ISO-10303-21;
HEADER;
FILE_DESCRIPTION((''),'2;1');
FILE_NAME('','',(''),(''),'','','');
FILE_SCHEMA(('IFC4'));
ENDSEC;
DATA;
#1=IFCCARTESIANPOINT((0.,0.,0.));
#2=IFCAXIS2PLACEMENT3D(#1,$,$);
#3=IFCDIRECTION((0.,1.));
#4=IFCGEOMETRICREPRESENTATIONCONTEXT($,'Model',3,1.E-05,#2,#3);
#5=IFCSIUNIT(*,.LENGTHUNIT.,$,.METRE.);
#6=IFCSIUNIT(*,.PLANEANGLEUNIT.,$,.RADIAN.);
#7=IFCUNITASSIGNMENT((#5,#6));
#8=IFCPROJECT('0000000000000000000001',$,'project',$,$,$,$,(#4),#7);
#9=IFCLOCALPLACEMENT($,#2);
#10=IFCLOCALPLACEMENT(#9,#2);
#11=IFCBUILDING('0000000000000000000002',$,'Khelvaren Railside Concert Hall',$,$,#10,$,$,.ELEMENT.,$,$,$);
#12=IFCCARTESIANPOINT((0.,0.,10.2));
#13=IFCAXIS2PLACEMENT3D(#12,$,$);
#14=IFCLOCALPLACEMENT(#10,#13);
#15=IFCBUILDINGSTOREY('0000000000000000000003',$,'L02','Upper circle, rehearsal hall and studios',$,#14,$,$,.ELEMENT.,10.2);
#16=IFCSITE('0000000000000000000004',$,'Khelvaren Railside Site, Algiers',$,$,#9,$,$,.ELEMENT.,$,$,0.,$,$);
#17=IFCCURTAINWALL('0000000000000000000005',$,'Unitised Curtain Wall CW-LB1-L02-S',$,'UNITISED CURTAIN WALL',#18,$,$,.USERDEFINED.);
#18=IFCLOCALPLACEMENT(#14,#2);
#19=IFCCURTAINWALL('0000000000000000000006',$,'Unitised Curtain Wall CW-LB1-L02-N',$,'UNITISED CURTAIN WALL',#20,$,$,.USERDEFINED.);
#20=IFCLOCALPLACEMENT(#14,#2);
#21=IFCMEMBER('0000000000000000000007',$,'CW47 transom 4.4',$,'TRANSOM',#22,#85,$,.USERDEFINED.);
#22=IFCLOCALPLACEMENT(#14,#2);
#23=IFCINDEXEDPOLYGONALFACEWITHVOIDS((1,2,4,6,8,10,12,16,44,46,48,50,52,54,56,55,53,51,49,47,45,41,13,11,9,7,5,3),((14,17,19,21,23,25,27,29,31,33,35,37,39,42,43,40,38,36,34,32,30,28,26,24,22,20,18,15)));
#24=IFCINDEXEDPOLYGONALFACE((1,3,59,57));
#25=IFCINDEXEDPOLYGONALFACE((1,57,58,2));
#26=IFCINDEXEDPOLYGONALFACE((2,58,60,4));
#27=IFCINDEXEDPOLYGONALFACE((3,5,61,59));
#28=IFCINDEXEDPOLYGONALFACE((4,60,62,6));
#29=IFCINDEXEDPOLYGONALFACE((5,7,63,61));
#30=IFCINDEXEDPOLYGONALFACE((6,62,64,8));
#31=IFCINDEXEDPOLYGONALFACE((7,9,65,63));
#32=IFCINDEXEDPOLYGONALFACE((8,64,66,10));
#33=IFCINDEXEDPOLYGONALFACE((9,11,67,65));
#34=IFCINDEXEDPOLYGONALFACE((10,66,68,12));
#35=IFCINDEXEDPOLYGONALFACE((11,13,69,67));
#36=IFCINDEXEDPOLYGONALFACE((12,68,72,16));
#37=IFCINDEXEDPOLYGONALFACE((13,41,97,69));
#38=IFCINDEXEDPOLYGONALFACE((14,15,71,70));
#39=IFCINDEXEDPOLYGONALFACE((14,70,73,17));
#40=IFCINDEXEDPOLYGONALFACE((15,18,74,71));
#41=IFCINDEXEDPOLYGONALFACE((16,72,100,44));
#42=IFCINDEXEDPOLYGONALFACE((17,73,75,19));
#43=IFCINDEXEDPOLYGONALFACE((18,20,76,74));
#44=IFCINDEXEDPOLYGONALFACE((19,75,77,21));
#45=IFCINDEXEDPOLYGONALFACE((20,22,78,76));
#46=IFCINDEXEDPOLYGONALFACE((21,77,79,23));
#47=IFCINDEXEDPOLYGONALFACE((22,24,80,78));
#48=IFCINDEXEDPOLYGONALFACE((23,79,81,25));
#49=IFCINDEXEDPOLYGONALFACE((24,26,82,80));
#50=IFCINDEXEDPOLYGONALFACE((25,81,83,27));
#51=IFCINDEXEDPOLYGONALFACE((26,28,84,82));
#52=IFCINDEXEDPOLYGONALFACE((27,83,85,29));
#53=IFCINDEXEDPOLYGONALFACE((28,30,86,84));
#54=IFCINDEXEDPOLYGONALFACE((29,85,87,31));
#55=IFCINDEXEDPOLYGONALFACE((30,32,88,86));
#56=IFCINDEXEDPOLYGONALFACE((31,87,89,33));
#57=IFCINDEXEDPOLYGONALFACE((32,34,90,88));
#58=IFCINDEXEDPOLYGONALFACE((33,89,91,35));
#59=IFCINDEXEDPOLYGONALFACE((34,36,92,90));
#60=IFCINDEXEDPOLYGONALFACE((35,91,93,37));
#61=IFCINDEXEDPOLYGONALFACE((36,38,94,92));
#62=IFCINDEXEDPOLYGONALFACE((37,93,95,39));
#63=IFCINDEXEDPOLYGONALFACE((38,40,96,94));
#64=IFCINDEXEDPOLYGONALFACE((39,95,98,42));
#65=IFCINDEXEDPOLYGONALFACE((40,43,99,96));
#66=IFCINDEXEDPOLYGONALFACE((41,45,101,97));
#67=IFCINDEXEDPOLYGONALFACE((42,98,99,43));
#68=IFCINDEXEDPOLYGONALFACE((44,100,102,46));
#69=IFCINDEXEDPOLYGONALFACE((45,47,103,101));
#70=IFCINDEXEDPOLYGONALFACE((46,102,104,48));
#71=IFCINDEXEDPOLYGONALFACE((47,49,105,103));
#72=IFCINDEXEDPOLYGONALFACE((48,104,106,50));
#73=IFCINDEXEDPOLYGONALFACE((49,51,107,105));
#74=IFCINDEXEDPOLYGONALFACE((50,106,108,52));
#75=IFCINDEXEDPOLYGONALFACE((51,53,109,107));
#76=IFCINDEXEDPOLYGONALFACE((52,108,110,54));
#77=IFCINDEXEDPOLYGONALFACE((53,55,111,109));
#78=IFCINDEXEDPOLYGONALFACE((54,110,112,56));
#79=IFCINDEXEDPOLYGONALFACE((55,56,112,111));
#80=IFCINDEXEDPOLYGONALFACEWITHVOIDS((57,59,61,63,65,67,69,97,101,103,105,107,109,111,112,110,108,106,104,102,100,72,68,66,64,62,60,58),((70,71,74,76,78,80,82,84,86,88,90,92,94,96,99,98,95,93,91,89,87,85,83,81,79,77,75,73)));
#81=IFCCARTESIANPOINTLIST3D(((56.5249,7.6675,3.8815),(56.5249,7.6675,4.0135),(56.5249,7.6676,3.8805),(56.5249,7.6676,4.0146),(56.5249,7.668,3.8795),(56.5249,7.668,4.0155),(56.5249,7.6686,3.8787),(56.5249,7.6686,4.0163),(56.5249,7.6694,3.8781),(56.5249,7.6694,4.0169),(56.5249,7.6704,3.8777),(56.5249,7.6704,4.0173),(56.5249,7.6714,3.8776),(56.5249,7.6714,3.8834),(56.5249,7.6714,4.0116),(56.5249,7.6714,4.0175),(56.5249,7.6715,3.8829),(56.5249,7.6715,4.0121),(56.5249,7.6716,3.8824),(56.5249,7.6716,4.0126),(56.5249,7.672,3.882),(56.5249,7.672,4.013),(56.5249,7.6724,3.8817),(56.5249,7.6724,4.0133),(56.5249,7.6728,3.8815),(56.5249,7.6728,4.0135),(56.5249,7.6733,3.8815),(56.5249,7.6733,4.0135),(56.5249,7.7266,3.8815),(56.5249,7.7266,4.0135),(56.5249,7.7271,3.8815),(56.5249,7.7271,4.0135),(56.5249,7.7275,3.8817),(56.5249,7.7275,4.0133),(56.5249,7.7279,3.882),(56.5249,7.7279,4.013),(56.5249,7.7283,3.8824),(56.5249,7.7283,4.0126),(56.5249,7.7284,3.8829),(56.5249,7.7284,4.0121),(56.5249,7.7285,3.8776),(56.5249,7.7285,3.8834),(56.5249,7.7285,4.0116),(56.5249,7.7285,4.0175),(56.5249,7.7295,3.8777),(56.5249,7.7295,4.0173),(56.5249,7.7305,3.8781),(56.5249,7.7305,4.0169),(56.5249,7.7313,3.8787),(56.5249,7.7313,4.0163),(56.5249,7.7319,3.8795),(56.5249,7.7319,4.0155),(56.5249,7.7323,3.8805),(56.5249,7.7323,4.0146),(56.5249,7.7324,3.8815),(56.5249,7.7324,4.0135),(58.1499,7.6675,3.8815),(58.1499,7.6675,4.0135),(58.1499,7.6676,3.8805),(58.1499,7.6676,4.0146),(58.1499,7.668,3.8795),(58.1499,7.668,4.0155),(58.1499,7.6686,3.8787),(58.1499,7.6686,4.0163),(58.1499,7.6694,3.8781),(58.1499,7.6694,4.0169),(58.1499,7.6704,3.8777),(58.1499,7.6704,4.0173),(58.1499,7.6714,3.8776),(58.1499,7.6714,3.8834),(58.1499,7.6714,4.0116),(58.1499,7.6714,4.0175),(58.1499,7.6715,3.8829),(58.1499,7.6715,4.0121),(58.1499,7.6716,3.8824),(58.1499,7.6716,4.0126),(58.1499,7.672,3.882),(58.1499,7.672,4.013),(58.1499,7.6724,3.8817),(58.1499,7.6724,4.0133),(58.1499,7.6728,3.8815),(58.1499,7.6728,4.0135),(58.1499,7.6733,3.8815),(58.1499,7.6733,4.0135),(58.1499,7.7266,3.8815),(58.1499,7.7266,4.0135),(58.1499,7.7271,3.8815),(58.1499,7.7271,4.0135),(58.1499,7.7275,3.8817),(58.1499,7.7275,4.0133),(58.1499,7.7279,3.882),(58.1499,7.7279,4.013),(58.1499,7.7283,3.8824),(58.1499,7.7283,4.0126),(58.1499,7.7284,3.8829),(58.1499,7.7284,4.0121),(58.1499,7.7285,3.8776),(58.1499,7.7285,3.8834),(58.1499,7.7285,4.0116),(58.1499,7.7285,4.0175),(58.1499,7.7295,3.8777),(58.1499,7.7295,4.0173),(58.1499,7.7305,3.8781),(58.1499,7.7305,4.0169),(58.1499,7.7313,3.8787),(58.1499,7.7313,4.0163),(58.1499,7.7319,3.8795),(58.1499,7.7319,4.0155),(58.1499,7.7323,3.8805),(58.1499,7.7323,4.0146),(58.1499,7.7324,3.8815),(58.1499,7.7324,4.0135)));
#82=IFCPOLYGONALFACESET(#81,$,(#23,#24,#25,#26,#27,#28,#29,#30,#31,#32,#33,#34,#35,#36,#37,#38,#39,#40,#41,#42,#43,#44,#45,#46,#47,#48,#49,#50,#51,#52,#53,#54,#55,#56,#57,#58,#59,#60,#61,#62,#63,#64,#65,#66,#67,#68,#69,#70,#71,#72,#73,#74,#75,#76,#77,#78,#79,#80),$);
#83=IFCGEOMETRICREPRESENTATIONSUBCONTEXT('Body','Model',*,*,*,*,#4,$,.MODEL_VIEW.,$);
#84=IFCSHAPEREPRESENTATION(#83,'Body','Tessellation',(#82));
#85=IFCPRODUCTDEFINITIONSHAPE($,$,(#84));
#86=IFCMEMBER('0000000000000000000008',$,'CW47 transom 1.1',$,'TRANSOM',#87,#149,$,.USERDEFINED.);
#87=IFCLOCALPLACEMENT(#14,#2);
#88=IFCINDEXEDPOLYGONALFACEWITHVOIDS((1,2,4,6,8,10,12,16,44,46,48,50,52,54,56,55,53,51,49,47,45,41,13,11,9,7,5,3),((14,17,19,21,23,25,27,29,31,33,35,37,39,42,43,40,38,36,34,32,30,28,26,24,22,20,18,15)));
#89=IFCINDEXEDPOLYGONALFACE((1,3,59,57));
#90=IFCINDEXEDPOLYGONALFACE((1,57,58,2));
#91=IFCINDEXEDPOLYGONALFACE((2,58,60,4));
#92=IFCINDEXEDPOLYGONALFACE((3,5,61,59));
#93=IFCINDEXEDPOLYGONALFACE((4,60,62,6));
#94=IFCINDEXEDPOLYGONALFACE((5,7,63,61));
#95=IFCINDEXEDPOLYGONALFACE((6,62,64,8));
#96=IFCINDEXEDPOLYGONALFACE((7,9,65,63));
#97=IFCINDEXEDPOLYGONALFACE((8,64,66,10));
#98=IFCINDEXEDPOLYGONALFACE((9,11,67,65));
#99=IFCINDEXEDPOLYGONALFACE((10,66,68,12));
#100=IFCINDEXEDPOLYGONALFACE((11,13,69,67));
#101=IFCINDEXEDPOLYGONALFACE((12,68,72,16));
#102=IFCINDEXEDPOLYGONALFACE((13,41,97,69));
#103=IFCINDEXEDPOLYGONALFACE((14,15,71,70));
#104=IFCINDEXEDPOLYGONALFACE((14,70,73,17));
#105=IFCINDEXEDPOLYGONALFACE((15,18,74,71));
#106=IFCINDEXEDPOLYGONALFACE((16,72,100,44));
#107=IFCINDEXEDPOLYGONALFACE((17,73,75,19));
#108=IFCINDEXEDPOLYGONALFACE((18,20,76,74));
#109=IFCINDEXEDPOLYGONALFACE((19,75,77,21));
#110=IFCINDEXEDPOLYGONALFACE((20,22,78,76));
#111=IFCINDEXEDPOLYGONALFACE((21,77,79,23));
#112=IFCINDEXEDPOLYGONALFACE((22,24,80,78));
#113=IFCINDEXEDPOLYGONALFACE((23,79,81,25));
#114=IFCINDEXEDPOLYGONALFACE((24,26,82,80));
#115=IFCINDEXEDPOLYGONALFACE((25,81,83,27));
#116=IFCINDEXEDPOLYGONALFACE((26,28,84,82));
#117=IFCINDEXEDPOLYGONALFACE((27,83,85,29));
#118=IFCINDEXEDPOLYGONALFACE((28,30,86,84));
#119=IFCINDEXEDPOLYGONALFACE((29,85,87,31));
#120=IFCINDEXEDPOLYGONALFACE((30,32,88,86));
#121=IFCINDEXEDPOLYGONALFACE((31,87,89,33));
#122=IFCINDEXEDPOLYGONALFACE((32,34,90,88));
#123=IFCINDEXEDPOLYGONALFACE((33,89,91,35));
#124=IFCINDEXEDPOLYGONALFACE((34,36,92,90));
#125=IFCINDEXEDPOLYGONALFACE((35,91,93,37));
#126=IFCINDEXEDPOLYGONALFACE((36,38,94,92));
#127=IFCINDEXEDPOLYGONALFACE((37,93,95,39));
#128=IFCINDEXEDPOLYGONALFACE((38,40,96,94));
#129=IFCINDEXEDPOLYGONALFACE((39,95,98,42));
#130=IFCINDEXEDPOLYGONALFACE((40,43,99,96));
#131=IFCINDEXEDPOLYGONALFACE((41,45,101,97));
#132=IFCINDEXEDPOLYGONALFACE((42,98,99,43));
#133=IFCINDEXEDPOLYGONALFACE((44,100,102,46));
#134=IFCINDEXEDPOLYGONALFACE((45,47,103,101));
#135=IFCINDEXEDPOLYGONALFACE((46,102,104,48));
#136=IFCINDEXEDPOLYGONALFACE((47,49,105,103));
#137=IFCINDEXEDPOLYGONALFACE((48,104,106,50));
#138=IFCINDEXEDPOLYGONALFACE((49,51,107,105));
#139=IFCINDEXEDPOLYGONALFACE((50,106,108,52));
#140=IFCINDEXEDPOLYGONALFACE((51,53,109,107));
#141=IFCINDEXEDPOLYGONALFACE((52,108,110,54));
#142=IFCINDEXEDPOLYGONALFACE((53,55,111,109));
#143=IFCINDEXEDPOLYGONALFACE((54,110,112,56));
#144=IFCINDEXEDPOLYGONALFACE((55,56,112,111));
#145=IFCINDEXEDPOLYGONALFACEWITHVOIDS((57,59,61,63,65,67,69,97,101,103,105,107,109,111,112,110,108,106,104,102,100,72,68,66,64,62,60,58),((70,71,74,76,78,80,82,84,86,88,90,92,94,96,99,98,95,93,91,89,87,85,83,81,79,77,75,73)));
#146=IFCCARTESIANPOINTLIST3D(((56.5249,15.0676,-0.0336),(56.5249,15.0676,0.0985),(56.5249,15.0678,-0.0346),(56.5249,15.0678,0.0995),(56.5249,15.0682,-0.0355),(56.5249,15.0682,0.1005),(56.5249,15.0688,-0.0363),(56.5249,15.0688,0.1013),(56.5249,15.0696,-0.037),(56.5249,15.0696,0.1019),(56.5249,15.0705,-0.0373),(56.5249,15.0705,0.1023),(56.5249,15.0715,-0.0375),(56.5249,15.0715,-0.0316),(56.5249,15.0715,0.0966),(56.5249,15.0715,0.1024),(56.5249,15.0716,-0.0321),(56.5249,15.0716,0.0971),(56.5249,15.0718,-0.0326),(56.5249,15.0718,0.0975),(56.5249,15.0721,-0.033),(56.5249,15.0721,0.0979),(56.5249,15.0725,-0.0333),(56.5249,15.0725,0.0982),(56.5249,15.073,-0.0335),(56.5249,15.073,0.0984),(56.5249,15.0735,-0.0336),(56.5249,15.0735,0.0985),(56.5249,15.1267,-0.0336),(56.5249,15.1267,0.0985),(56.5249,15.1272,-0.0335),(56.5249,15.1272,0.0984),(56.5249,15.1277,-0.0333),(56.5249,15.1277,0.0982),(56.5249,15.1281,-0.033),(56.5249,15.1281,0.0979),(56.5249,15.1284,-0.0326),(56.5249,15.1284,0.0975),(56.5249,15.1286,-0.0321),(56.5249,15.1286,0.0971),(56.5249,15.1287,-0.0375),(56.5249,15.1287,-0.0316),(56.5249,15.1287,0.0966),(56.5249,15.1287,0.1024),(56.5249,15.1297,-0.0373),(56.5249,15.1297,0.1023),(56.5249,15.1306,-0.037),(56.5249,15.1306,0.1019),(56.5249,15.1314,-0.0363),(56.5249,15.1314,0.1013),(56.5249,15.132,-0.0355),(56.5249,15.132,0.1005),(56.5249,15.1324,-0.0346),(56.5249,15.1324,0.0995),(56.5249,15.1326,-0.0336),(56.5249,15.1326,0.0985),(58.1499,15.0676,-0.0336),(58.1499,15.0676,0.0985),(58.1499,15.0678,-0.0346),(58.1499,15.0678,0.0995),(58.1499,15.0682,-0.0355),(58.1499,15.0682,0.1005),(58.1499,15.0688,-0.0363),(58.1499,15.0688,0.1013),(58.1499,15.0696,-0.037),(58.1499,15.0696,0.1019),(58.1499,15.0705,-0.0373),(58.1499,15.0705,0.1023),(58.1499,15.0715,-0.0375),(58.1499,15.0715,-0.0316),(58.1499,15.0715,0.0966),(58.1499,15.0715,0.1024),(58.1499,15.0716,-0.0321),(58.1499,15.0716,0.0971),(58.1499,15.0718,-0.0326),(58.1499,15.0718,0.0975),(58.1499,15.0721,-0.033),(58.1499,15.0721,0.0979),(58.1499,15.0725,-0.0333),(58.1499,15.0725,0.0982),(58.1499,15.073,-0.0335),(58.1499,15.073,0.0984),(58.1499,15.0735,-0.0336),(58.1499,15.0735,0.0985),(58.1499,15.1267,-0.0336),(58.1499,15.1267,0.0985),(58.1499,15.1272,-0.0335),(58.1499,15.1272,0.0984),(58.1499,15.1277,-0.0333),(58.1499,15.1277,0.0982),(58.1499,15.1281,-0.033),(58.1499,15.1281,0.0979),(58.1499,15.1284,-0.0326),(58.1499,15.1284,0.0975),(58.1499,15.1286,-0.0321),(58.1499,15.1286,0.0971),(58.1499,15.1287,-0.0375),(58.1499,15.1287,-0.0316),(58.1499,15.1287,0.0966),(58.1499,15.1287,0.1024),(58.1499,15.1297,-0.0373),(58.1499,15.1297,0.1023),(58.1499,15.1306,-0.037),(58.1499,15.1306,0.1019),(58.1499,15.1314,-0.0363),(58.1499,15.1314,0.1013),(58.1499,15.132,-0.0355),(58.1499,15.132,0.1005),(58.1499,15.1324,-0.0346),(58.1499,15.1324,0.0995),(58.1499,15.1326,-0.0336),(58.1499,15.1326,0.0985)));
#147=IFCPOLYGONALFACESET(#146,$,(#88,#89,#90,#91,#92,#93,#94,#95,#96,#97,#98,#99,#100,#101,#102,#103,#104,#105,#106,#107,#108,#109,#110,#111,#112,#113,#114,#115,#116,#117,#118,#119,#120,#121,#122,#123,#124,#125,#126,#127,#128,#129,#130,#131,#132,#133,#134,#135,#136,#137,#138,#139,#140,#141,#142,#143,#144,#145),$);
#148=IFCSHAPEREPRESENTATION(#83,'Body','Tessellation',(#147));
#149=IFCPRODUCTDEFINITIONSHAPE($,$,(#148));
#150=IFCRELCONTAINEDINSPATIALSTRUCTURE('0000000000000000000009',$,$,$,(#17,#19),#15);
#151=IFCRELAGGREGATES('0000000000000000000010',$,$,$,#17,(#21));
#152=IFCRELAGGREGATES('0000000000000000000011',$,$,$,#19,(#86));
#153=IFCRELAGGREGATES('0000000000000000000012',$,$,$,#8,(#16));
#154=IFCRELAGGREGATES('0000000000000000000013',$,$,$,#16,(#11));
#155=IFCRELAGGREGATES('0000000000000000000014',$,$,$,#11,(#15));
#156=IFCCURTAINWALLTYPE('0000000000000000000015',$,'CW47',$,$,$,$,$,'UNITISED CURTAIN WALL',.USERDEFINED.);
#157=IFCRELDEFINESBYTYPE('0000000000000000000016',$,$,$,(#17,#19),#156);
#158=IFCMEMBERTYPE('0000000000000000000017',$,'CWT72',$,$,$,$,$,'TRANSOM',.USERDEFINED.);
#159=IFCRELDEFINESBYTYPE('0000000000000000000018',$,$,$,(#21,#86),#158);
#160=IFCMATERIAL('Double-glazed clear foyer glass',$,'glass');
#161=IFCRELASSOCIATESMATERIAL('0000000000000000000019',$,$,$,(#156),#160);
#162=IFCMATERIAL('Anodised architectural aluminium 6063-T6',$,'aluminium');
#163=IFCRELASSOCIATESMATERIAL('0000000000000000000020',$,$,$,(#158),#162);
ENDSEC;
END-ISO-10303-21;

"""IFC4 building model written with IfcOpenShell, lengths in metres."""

from ifc_helpers import new_model, si_unit, direction, frame, origin, origin_2d, place, context, subcontext, project, spatial, hollow_rectangle, extrude, material, material_profile, profile_set, type_object, element, aggregate, save


model = new_model("IFC4")

# Units and contexts
model_context = context("Model", 3, precision=1e-05, world=origin(), true_north=direction((0.0, 1.0)))
body_context = subcontext(model_context, "Body", "Model", "MODEL_VIEW")
ifc_project = project(units=[si_unit("LENGTHUNIT", "METRE"), si_unit("PLANEANGLEUNIT", "RADIAN")], contexts=[model_context])

# Site, building, storey
site_placement = place(None, origin())
site = spatial("IfcSite", under=ifc_project, at=site_placement, Name="Khelvaren Railside Site, Algiers", CompositionType="ELEMENT", RefElevation=0.0)
building_placement = place(site_placement, origin())
building = spatial("IfcBuilding", under=site, at=building_placement, Name="Khelvaren Railside Concert Hall", CompositionType="ELEMENT")
storey_placement = place(building_placement, frame((0.0, 0.0, 10.2)))
storey = spatial("IfcBuildingStorey", under=building, at=storey_placement, Name="L02", Description="Upper circle, rehearsal hall and studios", CompositionType="ELEMENT", Elevation=10.2)

# Shared definitions
ifc_material_1 = material(Name="Double-glazed clear foyer glass", Category="glass")
ifc_material_2 = material(Name="Anodised architectural aluminium 6063-T6", Category="aluminium")

# Curtain walls
curtain_wall_type_1 = type_object("IfcCurtainWallType", Name="CW47", ElementType="UNITISED CURTAIN WALL", PredefinedType="USERDEFINED", material=ifc_material_1)
curtain_wall_1_placement = place(storey_placement, origin())
curtain_wall_1 = element("IfcCurtainWall", 1, at=curtain_wall_1_placement, inside=storey, type_object=curtain_wall_type_1, Name="Unitised Curtain Wall CW-LB1-L02-S", ObjectType="UNITISED CURTAIN WALL", PredefinedType="USERDEFINED")
curtain_wall_2_placement = place(storey_placement, origin())
curtain_wall_2 = element("IfcCurtainWall", 2, at=curtain_wall_2_placement, inside=storey, type_object=curtain_wall_type_1, Name="Unitised Curtain Wall CW-LB1-L02-N", ObjectType="UNITISED CURTAIN WALL", PredefinedType="USERDEFINED")

# Members
ifc_material_profile_1 = material_profile(ifc_material_2, hollow_rectangle(XDim=0.0649, YDim=0.1399, WallThickness=0.0039, InnerFilletRadius=0.002, OuterFilletRadius=0.0039, at=origin_2d()), Name="CWT 65x140x4")
ifc_profile_set_1 = profile_set([ifc_material_profile_1], Name="Anodised architectural aluminium 6063-T6")
member_type_1 = type_object("IfcMemberType", Name="CWT72", ElementType="TRANSOM", PredefinedType="USERDEFINED", material=ifc_profile_set_1)
member_1_placement = place(storey_placement, frame((58.1499, 7.7, 3.9475), z_axis=(-1.0, 0.0, 0.0), x_axis=(0.0, -1.0, 0.0)))
member_1 = element("IfcMember", 3, at=member_1_placement, type_object=member_type_1, Name="CW47 transom 4.4", ObjectType="TRANSOM", PredefinedType="USERDEFINED", context=body_context, shape_type="SweptSolid", body=[
    extrude(hollow_rectangle(XDim=0.0649, YDim=0.1399, WallThickness=0.0039, InnerFilletRadius=0.002, OuterFilletRadius=0.0039, at=origin_2d()), origin(), (0.0, 0.0, 1.0), 1.625),
])
member_2_placement = place(storey_placement, frame((56.5249, 15.1001, 0.0325), z_axis=(1.0, 0.0, 0.0), x_axis=(0.0, 1.0, 0.0)))
member_2 = element("IfcMember", 4, at=member_2_placement, type_object=member_type_1, Name="CW47 transom 1.1", ObjectType="TRANSOM", PredefinedType="USERDEFINED", context=body_context, shape_type="SweptSolid", body=[
    extrude(hollow_rectangle(XDim=0.0649, YDim=0.1399, WallThickness=0.0039, InnerFilletRadius=0.002, OuterFilletRadius=0.0039, at=origin_2d()), origin(), (0.0, 0.0, 1.0), 1.625),
])

aggregate(curtain_wall_1, [member_1])
aggregate(curtain_wall_2, [member_2])

save(model, "model.ifc")
